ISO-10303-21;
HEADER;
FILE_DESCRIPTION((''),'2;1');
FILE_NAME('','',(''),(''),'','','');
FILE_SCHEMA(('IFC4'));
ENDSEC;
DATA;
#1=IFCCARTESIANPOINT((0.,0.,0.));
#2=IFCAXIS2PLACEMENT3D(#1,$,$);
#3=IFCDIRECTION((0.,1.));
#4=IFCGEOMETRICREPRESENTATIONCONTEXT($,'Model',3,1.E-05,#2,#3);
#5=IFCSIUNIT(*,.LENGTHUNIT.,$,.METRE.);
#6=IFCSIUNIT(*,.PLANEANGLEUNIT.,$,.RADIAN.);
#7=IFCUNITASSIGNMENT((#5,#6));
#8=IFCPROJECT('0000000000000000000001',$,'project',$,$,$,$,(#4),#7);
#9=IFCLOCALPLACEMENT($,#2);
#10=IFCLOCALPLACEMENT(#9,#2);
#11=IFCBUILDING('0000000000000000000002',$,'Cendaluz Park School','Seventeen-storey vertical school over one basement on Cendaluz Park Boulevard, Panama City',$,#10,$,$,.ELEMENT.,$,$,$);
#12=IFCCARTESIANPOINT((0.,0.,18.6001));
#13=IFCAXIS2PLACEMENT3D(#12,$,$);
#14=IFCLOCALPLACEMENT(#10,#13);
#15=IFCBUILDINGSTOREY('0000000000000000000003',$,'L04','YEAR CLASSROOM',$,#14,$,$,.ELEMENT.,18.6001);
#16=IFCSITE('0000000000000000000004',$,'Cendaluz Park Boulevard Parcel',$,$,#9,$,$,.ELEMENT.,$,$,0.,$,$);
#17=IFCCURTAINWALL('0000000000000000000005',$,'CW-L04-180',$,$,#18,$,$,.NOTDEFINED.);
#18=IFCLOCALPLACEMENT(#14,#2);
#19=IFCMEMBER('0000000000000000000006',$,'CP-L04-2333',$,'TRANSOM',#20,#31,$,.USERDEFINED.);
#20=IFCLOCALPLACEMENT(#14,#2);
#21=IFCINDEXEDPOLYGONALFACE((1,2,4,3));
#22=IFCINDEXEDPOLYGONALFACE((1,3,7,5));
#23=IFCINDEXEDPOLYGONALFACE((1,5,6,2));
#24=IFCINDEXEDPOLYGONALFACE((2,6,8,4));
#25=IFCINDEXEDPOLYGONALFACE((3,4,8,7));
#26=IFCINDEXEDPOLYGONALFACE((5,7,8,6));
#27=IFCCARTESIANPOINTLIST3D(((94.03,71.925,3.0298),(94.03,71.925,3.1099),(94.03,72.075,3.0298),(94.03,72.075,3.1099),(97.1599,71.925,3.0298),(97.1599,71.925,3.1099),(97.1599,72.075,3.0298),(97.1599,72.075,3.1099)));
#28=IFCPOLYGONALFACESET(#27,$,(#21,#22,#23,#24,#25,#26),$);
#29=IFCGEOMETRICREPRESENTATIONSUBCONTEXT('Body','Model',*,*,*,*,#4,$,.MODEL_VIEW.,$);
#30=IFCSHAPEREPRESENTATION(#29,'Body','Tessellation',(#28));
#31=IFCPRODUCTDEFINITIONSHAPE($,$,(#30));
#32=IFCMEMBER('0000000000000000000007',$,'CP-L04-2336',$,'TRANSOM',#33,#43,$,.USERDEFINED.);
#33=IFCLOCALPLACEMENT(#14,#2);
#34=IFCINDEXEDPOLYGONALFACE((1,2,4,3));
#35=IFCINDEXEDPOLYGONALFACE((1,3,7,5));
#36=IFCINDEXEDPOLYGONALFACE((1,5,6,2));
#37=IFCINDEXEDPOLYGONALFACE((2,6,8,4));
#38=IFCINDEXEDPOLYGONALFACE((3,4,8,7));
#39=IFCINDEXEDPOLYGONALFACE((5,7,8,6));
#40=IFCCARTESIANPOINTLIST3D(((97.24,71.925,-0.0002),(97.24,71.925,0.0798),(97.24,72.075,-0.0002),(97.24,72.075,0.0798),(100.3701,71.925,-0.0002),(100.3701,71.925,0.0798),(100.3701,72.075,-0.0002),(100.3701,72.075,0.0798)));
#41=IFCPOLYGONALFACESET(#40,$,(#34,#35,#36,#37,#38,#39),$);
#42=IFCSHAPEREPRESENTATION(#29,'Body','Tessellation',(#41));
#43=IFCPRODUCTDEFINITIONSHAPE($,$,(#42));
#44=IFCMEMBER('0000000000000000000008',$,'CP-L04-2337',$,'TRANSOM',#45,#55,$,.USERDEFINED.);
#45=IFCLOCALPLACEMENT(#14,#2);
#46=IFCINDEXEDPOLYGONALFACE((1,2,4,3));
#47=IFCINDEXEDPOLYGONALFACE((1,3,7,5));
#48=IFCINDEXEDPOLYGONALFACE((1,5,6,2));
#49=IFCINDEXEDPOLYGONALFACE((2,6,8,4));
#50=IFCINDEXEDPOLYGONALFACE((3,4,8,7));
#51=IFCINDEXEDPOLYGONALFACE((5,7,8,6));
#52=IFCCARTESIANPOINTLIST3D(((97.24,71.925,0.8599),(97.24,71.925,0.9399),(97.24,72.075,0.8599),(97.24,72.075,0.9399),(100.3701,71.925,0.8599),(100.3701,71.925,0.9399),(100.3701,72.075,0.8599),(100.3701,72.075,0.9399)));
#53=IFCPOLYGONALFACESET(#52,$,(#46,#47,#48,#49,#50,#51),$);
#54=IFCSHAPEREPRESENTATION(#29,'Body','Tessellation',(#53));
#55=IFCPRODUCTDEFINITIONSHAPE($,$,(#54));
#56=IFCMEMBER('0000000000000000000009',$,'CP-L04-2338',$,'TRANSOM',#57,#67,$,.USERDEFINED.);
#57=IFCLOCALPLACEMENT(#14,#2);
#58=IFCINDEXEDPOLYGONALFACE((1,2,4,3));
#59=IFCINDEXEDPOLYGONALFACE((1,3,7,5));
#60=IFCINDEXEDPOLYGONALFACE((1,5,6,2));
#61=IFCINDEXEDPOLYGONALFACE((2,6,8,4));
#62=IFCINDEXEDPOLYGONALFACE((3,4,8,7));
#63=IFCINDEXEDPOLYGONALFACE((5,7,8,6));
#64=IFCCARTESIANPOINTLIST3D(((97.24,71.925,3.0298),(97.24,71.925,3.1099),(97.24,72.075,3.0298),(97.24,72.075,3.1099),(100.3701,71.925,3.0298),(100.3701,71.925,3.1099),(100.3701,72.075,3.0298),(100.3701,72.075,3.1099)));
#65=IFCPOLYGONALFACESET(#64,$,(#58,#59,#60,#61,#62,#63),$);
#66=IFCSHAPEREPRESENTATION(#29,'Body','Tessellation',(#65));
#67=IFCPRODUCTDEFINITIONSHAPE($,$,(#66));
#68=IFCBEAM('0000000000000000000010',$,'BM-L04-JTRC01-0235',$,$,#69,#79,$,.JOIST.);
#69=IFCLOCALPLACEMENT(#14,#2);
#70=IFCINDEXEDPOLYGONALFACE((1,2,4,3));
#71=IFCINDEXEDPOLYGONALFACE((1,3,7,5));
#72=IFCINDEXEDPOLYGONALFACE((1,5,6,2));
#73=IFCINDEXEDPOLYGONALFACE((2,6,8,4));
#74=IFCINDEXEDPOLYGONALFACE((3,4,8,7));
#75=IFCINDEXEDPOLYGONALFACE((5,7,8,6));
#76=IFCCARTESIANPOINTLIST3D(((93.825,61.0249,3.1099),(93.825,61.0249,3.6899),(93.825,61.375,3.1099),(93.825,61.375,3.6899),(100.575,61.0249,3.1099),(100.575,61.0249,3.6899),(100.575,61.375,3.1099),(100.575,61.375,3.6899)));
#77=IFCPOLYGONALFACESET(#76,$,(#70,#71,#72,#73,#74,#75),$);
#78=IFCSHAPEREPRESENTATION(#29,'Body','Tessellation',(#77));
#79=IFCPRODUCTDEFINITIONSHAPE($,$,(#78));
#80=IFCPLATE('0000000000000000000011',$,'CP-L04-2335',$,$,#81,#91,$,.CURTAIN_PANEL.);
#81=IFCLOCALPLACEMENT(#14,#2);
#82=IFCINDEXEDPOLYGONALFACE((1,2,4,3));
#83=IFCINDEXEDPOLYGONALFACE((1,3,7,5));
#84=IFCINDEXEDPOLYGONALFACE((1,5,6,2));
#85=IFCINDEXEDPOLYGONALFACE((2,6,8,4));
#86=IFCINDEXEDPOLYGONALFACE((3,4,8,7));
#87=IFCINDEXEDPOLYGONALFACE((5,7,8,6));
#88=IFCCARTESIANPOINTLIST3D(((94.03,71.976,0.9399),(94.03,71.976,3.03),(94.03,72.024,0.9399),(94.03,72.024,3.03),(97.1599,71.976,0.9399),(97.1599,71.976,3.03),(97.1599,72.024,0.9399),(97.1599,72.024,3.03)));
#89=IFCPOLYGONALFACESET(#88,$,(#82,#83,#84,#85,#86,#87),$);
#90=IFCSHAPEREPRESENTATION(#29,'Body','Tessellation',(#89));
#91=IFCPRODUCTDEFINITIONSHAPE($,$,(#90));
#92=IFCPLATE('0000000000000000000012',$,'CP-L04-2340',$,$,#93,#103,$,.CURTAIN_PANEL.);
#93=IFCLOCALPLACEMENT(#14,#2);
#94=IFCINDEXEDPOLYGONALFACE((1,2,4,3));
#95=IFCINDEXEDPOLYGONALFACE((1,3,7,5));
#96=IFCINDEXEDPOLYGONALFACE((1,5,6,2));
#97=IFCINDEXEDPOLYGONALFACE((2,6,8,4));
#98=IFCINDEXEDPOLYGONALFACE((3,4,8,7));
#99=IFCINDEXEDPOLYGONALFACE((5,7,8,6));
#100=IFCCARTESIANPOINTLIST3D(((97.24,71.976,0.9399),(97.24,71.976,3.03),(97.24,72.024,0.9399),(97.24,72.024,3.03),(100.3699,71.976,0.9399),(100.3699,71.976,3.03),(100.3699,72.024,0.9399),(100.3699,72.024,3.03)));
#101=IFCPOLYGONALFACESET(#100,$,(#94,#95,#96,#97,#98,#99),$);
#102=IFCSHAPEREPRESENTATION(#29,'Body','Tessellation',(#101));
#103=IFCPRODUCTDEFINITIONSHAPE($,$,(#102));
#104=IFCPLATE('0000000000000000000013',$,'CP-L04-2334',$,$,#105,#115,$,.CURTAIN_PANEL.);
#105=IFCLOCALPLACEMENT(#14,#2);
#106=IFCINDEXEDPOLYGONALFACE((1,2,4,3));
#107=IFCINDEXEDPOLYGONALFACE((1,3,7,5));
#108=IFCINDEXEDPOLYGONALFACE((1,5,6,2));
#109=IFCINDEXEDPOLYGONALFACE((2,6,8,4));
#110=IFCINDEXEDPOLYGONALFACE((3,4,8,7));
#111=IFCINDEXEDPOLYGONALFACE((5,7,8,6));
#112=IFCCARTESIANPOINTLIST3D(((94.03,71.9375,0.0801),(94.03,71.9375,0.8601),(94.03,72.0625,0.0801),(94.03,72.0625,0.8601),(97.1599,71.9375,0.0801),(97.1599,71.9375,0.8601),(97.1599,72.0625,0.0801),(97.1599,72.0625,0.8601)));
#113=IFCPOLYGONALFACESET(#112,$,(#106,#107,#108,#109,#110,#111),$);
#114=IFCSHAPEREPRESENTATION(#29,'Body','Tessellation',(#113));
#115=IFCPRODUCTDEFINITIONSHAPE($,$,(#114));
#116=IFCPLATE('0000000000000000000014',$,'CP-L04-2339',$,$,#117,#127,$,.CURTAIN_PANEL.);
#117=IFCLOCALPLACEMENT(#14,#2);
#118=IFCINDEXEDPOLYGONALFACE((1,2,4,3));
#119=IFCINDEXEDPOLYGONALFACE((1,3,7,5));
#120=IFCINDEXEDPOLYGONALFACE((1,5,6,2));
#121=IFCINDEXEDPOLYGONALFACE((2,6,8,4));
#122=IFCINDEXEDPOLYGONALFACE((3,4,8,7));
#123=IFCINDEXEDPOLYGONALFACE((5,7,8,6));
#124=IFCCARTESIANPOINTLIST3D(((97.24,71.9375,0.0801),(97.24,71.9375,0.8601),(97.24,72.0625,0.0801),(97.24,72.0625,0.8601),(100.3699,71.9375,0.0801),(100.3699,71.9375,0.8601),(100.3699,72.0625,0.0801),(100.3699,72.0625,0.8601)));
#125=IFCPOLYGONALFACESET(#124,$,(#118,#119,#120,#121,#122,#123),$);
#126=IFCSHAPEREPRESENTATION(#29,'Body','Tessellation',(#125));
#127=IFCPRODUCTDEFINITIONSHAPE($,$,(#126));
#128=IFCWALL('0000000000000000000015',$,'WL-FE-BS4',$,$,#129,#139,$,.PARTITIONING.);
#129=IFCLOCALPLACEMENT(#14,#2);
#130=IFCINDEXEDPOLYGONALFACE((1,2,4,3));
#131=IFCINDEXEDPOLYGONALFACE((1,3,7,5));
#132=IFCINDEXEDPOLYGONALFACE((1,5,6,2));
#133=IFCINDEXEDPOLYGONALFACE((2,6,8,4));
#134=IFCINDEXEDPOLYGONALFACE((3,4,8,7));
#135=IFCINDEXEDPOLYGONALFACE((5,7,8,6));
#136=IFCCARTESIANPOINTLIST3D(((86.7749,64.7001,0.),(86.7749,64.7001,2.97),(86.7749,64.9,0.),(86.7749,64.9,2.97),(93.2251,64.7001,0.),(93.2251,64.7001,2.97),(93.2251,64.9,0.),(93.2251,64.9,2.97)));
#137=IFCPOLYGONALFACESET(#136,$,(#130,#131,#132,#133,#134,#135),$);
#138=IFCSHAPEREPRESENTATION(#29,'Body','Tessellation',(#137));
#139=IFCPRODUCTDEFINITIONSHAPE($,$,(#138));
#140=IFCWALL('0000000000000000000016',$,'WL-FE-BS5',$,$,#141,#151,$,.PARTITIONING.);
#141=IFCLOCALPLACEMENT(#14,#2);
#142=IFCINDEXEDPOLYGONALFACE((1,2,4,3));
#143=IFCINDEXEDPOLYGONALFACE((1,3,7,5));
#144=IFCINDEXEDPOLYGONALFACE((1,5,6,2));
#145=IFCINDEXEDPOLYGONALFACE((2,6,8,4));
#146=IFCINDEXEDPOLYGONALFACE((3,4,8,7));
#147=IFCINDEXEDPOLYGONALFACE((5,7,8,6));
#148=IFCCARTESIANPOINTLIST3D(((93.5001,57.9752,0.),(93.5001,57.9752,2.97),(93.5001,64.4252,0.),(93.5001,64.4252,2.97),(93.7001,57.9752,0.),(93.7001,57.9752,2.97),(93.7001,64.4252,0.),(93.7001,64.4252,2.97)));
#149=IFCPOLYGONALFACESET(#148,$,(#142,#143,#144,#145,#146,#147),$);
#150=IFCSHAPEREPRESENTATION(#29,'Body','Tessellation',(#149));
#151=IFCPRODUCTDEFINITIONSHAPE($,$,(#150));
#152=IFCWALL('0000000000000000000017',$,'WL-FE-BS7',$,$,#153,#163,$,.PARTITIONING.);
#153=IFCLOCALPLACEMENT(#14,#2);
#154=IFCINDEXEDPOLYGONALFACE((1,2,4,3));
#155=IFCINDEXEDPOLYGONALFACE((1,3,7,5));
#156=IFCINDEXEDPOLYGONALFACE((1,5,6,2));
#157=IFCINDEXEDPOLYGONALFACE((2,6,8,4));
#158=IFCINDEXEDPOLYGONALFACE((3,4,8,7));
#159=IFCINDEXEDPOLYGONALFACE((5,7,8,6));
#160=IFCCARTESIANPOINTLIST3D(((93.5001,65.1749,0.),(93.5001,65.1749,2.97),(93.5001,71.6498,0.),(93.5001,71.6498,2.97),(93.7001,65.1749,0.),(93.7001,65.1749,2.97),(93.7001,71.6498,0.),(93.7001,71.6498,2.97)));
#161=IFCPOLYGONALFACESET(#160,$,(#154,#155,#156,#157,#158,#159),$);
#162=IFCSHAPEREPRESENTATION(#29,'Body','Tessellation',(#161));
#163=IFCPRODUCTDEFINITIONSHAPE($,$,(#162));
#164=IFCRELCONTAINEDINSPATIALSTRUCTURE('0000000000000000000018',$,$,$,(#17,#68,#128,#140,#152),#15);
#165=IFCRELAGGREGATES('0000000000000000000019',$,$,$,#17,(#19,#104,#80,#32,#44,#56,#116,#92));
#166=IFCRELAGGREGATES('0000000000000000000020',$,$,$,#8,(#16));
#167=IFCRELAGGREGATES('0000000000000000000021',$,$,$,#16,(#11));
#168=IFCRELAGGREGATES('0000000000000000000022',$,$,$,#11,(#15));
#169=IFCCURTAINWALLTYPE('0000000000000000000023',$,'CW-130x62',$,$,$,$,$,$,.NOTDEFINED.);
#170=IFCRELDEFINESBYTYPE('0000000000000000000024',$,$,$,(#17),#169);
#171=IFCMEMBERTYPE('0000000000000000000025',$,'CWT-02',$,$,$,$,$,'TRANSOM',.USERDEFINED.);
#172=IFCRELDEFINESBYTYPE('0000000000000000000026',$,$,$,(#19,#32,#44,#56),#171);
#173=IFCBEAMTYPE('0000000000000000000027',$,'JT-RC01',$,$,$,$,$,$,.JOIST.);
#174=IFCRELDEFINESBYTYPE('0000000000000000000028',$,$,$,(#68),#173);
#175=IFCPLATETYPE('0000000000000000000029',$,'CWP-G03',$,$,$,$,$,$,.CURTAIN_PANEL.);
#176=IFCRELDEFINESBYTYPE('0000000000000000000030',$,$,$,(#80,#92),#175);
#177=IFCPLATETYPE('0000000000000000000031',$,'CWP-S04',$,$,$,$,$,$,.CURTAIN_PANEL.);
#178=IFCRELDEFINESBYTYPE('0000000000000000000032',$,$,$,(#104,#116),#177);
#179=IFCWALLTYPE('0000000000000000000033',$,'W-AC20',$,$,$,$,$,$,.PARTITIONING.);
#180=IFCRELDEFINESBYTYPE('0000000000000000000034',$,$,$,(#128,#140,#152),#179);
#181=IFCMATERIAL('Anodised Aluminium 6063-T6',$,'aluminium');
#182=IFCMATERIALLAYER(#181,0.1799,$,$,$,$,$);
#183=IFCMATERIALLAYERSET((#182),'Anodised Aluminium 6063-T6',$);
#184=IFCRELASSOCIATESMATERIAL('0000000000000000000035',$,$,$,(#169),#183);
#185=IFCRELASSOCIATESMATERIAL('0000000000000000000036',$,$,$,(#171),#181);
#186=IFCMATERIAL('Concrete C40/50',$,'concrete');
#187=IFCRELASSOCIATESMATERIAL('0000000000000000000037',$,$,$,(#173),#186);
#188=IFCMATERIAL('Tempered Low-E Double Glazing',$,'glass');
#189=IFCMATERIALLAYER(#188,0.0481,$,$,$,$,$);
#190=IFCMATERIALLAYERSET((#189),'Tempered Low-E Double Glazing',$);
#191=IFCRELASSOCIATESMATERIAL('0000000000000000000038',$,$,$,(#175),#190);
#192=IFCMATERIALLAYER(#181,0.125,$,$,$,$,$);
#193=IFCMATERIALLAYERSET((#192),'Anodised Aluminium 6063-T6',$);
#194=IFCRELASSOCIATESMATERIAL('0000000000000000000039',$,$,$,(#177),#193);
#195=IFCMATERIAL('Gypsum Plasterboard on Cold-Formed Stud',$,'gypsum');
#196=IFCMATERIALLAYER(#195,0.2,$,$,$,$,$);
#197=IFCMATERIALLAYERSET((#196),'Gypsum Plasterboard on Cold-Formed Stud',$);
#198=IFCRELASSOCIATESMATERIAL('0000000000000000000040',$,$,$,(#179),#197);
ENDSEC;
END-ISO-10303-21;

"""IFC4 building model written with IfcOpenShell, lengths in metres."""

from ifc_helpers import new_model, si_unit, direction, frame, frame_2d, origin, origin_2d, place, context, subcontext, project, spatial, rectangle, extrude, material, layer, layer_set, material_profile, profile_set, type_object, element, aggregate, save


model = new_model("IFC4")

# Units and contexts
model_context = context("Model", 3, precision=1e-05, world=origin(), true_north=direction((0.0, 1.0)))
body_context = subcontext(model_context, "Body", "Model", "MODEL_VIEW")
ifc_project = project(units=[si_unit("LENGTHUNIT", "METRE"), si_unit("PLANEANGLEUNIT", "RADIAN")], contexts=[model_context])

# Site, building, storey
site_placement = place(None, origin())
site = spatial("IfcSite", under=ifc_project, at=site_placement, Name="Cendaluz Park Boulevard Parcel", CompositionType="ELEMENT", RefElevation=0.0)
building_placement = place(site_placement, origin())
building = spatial("IfcBuilding", under=site, at=building_placement, Name="Cendaluz Park School", Description="Seventeen-storey vertical school over one basement on Cendaluz Park Boulevard, Panama City", CompositionType="ELEMENT")
storey_placement = place(building_placement, frame((0.0, 0.0, 18.6001)))
storey = spatial("IfcBuildingStorey", under=building, at=storey_placement, Name="L04", Description="YEAR CLASSROOM", CompositionType="ELEMENT", Elevation=18.6001)

# Shared definitions
ifc_material_1 = material(Name="Concrete C40/50", Category="concrete")

# Curtain wall, members
ifc_material_2 = material(Name="Anodised Aluminium 6063-T6", Category="aluminium")
ifc_layer_1 = layer(ifc_material_2, 0.1799)
ifc_layer_set_1 = layer_set([ifc_layer_1], Name="Anodised Aluminium 6063-T6")
curtain_wall_type = type_object("IfcCurtainWallType", Name="CW-130x62", PredefinedType="NOTDEFINED", material=ifc_layer_set_1)
curtain_wall_placement = place(storey_placement, origin())
curtain_wall = element("IfcCurtainWall", 1, at=curtain_wall_placement, inside=storey, type_object=curtain_wall_type, Name="CW-L04-180", PredefinedType="NOTDEFINED")
ifc_material_profile_1 = material_profile(ifc_material_2, rectangle(XDim=0.1499, YDim=0.0801, at=origin_2d()), Name="CWT 150x80", Category="aluminium")
ifc_profile_set_1 = profile_set([ifc_material_profile_1], Name="Anodised Aluminium 6063-T6")
member_type_1 = type_object("IfcMemberType", Name="CWT-02", ElementType="TRANSOM", PredefinedType="USERDEFINED", material=ifc_profile_set_1)
member_1_placement = place(storey_placement, frame((94.03, 72.0, 3.0698), z_axis=(1.0, 0.0, 0.0), x_axis=(0.0, 1.0, 0.0)))
member_1 = element("IfcMember", 2, at=member_1_placement, type_object=member_type_1, Name="CP-L04-2333", ObjectType="TRANSOM", PredefinedType="USERDEFINED", context=body_context, shape_type="SweptSolid", body=[
    extrude(rectangle(XDim=0.1499, YDim=0.0801, at=origin_2d()), origin(), (0.0, 0.0, 1.0), 3.1299),
])
member_2_placement = place(storey_placement, frame((97.24, 72.0, 0.0398), z_axis=(1.0, 0.0, 0.0), x_axis=(0.0, 1.0, 0.0)))
member_2 = element("IfcMember", 3, at=member_2_placement, type_object=member_type_1, Name="CP-L04-2336", ObjectType="TRANSOM", PredefinedType="USERDEFINED", context=body_context, shape_type="SweptSolid", body=[
    extrude(rectangle(XDim=0.1499, YDim=0.0801, at=origin_2d()), origin(), (0.0, 0.0, 1.0), 3.1301),
])
member_3_placement = place(storey_placement, frame((97.24, 72.0, 0.8999), z_axis=(1.0, 0.0, 0.0), x_axis=(0.0, 1.0, 0.0)))
member_3 = element("IfcMember", 4, at=member_3_placement, type_object=member_type_1, Name="CP-L04-2337", ObjectType="TRANSOM", PredefinedType="USERDEFINED", context=body_context, shape_type="SweptSolid", body=[
    extrude(rectangle(XDim=0.1499, YDim=0.0801, at=origin_2d()), origin(), (0.0, 0.0, 1.0), 3.1301),
])
member_4_placement = place(storey_placement, frame((97.24, 72.0, 3.0698), z_axis=(1.0, 0.0, 0.0), x_axis=(0.0, 1.0, 0.0)))
member_4 = element("IfcMember", 5, at=member_4_placement, type_object=member_type_1, Name="CP-L04-2338", ObjectType="TRANSOM", PredefinedType="USERDEFINED", context=body_context, shape_type="SweptSolid", body=[
    extrude(rectangle(XDim=0.1499, YDim=0.0801, at=origin_2d()), origin(), (0.0, 0.0, 1.0), 3.1301),
])

# Beam
ifc_material_profile_2 = material_profile(ifc_material_1, rectangle(XDim=0.3501, YDim=0.5801, at=origin_2d()), Name="RC 350x580", Category="concrete")
ifc_profile_set_2 = profile_set([ifc_material_profile_2], Name="Concrete C40/50")
beam_type_1 = type_object("IfcBeamType", Name="JT-RC01", PredefinedType="JOIST", material=ifc_profile_set_2)
beam_1_placement = place(storey_placement, frame((93.825, 61.2, 3.3999), z_axis=(1.0, 0.0, 0.0), x_axis=(0.0, 1.0, 0.0)))
element("IfcBeam", 6, at=beam_1_placement, inside=storey, type_object=beam_type_1, Name="BM-L04-JTRC01-0235", PredefinedType="JOIST", context=body_context, shape_type="SweptSolid", body=[
    extrude(rectangle(XDim=0.3501, YDim=0.5801, at=origin_2d()), origin(), (0.0, 0.0, 1.0), 6.75),
])

# Plates
ifc_material_3 = material(Name="Tempered Low-E Double Glazing", Category="glass")
ifc_layer_2 = layer(ifc_material_3, 0.0481)
ifc_layer_set_2 = layer_set([ifc_layer_2], Name="Tempered Low-E Double Glazing")
plate_type_1 = type_object("IfcPlateType", Name="CWP-G03", PredefinedType="CURTAIN_PANEL", material=ifc_layer_set_2)
plate_1_placement = place(storey_placement, frame((95.595, 72.0, 0.9399), z_axis=(0.0, 0.0, 1.0), x_axis=(1.0, 0.0, 0.0)))
plate_1 = element("IfcPlate", 7, at=plate_1_placement, type_object=plate_type_1, Name="CP-L04-2335", PredefinedType="CURTAIN_PANEL", context=body_context, shape_type="SweptSolid", body=[
    extrude(rectangle(XDim=3.1299, YDim=0.0481, at=origin_2d()), origin(), (0.0, 0.0, 1.0), 2.0901),
])
plate_2_placement = place(storey_placement, frame((98.8049, 72.0, 0.9399), z_axis=(0.0, 0.0, 1.0), x_axis=(1.0, 0.0, 0.0)))
plate_2 = element("IfcPlate", 8, at=plate_2_placement, type_object=plate_type_1, Name="CP-L04-2340", PredefinedType="CURTAIN_PANEL", context=body_context, shape_type="SweptSolid", body=[
    extrude(rectangle(XDim=3.1299, YDim=0.0481, at=origin_2d()), origin(), (0.0, 0.0, 1.0), 2.0901),
])
ifc_layer_3 = layer(ifc_material_2, 0.125)
ifc_layer_set_3 = layer_set([ifc_layer_3], Name="Anodised Aluminium 6063-T6")
plate_type_2 = type_object("IfcPlateType", Name="CWP-S04", PredefinedType="CURTAIN_PANEL", material=ifc_layer_set_3)
plate_3_placement = place(storey_placement, frame((95.595, 72.0, 0.0801), z_axis=(0.0, 0.0, 1.0), x_axis=(1.0, 0.0, 0.0)))
plate_3 = element("IfcPlate", 9, at=plate_3_placement, type_object=plate_type_2, Name="CP-L04-2334", PredefinedType="CURTAIN_PANEL", context=body_context, shape_type="SweptSolid", body=[
    extrude(rectangle(XDim=3.1299, YDim=0.125, at=origin_2d()), origin(), (0.0, 0.0, 1.0), 0.78),
])
plate_4_placement = place(storey_placement, frame((98.8049, 72.0, 0.0801), z_axis=(0.0, 0.0, 1.0), x_axis=(1.0, 0.0, 0.0)))
plate_4 = element("IfcPlate", 10, at=plate_4_placement, type_object=plate_type_2, Name="CP-L04-2339", PredefinedType="CURTAIN_PANEL", context=body_context, shape_type="SweptSolid", body=[
    extrude(rectangle(XDim=3.1299, YDim=0.125, at=origin_2d()), origin(), (0.0, 0.0, 1.0), 0.78),
])
aggregate(curtain_wall, [member_1, plate_3, plate_1, member_2, member_3, member_4, plate_4, plate_2])

# Walls
ifc_material_4 = material(Name="Gypsum Plasterboard on Cold-Formed Stud", Category="gypsum")
ifc_layer_4 = layer(ifc_material_4, 0.2)
ifc_layer_set_4 = layer_set([ifc_layer_4], Name="Gypsum Plasterboard on Cold-Formed Stud")
wall_type = type_object("IfcWallType", Name="W-AC20", PredefinedType="PARTITIONING", material=ifc_layer_set_4)
wall_1_placement = place(storey_placement, frame((86.7749, 64.8, 0.0), z_axis=(0.0, 0.0, 1.0), x_axis=(1.0, 0.0, 0.0)))
element("IfcWall", 11, at=wall_1_placement, inside=storey, type_object=wall_type, Name="WL-FE-BS4", PredefinedType="PARTITIONING", context=body_context, shape_type="SweptSolid", body=[
    extrude(rectangle(XDim=6.4502, YDim=0.2, at=frame_2d((3.2251, 0.0))), origin(), (0.0, 0.0, 1.0), 2.97),
])
wall_2_placement = place(storey_placement, frame((93.6001, 57.9751, 0.0), z_axis=(0.0, 0.0, 1.0), x_axis=(0.0, 1.0, 0.0)))
element("IfcWall", 12, at=wall_2_placement, inside=storey, type_object=wall_type, Name="WL-FE-BS5", PredefinedType="PARTITIONING", context=body_context, shape_type="SweptSolid", body=[
    extrude(rectangle(XDim=6.45, YDim=0.2, at=frame_2d((3.2251, 0.0))), origin(), (0.0, 0.0, 1.0), 2.97),
])
wall_3_placement = place(storey_placement, frame((93.6001, 65.175, 0.0), z_axis=(0.0, 0.0, 1.0), x_axis=(0.0, 1.0, 0.0)))
element("IfcWall", 13, at=wall_3_placement, inside=storey, type_object=wall_type, Name="WL-FE-BS7", PredefinedType="PARTITIONING", context=body_context, shape_type="SweptSolid", body=[
    extrude(rectangle(XDim=6.4749, YDim=0.2, at=frame_2d((3.2373, 0.0))), origin(), (0.0, 0.0, 1.0), 2.97),
])

save(model, "model.ifc")
